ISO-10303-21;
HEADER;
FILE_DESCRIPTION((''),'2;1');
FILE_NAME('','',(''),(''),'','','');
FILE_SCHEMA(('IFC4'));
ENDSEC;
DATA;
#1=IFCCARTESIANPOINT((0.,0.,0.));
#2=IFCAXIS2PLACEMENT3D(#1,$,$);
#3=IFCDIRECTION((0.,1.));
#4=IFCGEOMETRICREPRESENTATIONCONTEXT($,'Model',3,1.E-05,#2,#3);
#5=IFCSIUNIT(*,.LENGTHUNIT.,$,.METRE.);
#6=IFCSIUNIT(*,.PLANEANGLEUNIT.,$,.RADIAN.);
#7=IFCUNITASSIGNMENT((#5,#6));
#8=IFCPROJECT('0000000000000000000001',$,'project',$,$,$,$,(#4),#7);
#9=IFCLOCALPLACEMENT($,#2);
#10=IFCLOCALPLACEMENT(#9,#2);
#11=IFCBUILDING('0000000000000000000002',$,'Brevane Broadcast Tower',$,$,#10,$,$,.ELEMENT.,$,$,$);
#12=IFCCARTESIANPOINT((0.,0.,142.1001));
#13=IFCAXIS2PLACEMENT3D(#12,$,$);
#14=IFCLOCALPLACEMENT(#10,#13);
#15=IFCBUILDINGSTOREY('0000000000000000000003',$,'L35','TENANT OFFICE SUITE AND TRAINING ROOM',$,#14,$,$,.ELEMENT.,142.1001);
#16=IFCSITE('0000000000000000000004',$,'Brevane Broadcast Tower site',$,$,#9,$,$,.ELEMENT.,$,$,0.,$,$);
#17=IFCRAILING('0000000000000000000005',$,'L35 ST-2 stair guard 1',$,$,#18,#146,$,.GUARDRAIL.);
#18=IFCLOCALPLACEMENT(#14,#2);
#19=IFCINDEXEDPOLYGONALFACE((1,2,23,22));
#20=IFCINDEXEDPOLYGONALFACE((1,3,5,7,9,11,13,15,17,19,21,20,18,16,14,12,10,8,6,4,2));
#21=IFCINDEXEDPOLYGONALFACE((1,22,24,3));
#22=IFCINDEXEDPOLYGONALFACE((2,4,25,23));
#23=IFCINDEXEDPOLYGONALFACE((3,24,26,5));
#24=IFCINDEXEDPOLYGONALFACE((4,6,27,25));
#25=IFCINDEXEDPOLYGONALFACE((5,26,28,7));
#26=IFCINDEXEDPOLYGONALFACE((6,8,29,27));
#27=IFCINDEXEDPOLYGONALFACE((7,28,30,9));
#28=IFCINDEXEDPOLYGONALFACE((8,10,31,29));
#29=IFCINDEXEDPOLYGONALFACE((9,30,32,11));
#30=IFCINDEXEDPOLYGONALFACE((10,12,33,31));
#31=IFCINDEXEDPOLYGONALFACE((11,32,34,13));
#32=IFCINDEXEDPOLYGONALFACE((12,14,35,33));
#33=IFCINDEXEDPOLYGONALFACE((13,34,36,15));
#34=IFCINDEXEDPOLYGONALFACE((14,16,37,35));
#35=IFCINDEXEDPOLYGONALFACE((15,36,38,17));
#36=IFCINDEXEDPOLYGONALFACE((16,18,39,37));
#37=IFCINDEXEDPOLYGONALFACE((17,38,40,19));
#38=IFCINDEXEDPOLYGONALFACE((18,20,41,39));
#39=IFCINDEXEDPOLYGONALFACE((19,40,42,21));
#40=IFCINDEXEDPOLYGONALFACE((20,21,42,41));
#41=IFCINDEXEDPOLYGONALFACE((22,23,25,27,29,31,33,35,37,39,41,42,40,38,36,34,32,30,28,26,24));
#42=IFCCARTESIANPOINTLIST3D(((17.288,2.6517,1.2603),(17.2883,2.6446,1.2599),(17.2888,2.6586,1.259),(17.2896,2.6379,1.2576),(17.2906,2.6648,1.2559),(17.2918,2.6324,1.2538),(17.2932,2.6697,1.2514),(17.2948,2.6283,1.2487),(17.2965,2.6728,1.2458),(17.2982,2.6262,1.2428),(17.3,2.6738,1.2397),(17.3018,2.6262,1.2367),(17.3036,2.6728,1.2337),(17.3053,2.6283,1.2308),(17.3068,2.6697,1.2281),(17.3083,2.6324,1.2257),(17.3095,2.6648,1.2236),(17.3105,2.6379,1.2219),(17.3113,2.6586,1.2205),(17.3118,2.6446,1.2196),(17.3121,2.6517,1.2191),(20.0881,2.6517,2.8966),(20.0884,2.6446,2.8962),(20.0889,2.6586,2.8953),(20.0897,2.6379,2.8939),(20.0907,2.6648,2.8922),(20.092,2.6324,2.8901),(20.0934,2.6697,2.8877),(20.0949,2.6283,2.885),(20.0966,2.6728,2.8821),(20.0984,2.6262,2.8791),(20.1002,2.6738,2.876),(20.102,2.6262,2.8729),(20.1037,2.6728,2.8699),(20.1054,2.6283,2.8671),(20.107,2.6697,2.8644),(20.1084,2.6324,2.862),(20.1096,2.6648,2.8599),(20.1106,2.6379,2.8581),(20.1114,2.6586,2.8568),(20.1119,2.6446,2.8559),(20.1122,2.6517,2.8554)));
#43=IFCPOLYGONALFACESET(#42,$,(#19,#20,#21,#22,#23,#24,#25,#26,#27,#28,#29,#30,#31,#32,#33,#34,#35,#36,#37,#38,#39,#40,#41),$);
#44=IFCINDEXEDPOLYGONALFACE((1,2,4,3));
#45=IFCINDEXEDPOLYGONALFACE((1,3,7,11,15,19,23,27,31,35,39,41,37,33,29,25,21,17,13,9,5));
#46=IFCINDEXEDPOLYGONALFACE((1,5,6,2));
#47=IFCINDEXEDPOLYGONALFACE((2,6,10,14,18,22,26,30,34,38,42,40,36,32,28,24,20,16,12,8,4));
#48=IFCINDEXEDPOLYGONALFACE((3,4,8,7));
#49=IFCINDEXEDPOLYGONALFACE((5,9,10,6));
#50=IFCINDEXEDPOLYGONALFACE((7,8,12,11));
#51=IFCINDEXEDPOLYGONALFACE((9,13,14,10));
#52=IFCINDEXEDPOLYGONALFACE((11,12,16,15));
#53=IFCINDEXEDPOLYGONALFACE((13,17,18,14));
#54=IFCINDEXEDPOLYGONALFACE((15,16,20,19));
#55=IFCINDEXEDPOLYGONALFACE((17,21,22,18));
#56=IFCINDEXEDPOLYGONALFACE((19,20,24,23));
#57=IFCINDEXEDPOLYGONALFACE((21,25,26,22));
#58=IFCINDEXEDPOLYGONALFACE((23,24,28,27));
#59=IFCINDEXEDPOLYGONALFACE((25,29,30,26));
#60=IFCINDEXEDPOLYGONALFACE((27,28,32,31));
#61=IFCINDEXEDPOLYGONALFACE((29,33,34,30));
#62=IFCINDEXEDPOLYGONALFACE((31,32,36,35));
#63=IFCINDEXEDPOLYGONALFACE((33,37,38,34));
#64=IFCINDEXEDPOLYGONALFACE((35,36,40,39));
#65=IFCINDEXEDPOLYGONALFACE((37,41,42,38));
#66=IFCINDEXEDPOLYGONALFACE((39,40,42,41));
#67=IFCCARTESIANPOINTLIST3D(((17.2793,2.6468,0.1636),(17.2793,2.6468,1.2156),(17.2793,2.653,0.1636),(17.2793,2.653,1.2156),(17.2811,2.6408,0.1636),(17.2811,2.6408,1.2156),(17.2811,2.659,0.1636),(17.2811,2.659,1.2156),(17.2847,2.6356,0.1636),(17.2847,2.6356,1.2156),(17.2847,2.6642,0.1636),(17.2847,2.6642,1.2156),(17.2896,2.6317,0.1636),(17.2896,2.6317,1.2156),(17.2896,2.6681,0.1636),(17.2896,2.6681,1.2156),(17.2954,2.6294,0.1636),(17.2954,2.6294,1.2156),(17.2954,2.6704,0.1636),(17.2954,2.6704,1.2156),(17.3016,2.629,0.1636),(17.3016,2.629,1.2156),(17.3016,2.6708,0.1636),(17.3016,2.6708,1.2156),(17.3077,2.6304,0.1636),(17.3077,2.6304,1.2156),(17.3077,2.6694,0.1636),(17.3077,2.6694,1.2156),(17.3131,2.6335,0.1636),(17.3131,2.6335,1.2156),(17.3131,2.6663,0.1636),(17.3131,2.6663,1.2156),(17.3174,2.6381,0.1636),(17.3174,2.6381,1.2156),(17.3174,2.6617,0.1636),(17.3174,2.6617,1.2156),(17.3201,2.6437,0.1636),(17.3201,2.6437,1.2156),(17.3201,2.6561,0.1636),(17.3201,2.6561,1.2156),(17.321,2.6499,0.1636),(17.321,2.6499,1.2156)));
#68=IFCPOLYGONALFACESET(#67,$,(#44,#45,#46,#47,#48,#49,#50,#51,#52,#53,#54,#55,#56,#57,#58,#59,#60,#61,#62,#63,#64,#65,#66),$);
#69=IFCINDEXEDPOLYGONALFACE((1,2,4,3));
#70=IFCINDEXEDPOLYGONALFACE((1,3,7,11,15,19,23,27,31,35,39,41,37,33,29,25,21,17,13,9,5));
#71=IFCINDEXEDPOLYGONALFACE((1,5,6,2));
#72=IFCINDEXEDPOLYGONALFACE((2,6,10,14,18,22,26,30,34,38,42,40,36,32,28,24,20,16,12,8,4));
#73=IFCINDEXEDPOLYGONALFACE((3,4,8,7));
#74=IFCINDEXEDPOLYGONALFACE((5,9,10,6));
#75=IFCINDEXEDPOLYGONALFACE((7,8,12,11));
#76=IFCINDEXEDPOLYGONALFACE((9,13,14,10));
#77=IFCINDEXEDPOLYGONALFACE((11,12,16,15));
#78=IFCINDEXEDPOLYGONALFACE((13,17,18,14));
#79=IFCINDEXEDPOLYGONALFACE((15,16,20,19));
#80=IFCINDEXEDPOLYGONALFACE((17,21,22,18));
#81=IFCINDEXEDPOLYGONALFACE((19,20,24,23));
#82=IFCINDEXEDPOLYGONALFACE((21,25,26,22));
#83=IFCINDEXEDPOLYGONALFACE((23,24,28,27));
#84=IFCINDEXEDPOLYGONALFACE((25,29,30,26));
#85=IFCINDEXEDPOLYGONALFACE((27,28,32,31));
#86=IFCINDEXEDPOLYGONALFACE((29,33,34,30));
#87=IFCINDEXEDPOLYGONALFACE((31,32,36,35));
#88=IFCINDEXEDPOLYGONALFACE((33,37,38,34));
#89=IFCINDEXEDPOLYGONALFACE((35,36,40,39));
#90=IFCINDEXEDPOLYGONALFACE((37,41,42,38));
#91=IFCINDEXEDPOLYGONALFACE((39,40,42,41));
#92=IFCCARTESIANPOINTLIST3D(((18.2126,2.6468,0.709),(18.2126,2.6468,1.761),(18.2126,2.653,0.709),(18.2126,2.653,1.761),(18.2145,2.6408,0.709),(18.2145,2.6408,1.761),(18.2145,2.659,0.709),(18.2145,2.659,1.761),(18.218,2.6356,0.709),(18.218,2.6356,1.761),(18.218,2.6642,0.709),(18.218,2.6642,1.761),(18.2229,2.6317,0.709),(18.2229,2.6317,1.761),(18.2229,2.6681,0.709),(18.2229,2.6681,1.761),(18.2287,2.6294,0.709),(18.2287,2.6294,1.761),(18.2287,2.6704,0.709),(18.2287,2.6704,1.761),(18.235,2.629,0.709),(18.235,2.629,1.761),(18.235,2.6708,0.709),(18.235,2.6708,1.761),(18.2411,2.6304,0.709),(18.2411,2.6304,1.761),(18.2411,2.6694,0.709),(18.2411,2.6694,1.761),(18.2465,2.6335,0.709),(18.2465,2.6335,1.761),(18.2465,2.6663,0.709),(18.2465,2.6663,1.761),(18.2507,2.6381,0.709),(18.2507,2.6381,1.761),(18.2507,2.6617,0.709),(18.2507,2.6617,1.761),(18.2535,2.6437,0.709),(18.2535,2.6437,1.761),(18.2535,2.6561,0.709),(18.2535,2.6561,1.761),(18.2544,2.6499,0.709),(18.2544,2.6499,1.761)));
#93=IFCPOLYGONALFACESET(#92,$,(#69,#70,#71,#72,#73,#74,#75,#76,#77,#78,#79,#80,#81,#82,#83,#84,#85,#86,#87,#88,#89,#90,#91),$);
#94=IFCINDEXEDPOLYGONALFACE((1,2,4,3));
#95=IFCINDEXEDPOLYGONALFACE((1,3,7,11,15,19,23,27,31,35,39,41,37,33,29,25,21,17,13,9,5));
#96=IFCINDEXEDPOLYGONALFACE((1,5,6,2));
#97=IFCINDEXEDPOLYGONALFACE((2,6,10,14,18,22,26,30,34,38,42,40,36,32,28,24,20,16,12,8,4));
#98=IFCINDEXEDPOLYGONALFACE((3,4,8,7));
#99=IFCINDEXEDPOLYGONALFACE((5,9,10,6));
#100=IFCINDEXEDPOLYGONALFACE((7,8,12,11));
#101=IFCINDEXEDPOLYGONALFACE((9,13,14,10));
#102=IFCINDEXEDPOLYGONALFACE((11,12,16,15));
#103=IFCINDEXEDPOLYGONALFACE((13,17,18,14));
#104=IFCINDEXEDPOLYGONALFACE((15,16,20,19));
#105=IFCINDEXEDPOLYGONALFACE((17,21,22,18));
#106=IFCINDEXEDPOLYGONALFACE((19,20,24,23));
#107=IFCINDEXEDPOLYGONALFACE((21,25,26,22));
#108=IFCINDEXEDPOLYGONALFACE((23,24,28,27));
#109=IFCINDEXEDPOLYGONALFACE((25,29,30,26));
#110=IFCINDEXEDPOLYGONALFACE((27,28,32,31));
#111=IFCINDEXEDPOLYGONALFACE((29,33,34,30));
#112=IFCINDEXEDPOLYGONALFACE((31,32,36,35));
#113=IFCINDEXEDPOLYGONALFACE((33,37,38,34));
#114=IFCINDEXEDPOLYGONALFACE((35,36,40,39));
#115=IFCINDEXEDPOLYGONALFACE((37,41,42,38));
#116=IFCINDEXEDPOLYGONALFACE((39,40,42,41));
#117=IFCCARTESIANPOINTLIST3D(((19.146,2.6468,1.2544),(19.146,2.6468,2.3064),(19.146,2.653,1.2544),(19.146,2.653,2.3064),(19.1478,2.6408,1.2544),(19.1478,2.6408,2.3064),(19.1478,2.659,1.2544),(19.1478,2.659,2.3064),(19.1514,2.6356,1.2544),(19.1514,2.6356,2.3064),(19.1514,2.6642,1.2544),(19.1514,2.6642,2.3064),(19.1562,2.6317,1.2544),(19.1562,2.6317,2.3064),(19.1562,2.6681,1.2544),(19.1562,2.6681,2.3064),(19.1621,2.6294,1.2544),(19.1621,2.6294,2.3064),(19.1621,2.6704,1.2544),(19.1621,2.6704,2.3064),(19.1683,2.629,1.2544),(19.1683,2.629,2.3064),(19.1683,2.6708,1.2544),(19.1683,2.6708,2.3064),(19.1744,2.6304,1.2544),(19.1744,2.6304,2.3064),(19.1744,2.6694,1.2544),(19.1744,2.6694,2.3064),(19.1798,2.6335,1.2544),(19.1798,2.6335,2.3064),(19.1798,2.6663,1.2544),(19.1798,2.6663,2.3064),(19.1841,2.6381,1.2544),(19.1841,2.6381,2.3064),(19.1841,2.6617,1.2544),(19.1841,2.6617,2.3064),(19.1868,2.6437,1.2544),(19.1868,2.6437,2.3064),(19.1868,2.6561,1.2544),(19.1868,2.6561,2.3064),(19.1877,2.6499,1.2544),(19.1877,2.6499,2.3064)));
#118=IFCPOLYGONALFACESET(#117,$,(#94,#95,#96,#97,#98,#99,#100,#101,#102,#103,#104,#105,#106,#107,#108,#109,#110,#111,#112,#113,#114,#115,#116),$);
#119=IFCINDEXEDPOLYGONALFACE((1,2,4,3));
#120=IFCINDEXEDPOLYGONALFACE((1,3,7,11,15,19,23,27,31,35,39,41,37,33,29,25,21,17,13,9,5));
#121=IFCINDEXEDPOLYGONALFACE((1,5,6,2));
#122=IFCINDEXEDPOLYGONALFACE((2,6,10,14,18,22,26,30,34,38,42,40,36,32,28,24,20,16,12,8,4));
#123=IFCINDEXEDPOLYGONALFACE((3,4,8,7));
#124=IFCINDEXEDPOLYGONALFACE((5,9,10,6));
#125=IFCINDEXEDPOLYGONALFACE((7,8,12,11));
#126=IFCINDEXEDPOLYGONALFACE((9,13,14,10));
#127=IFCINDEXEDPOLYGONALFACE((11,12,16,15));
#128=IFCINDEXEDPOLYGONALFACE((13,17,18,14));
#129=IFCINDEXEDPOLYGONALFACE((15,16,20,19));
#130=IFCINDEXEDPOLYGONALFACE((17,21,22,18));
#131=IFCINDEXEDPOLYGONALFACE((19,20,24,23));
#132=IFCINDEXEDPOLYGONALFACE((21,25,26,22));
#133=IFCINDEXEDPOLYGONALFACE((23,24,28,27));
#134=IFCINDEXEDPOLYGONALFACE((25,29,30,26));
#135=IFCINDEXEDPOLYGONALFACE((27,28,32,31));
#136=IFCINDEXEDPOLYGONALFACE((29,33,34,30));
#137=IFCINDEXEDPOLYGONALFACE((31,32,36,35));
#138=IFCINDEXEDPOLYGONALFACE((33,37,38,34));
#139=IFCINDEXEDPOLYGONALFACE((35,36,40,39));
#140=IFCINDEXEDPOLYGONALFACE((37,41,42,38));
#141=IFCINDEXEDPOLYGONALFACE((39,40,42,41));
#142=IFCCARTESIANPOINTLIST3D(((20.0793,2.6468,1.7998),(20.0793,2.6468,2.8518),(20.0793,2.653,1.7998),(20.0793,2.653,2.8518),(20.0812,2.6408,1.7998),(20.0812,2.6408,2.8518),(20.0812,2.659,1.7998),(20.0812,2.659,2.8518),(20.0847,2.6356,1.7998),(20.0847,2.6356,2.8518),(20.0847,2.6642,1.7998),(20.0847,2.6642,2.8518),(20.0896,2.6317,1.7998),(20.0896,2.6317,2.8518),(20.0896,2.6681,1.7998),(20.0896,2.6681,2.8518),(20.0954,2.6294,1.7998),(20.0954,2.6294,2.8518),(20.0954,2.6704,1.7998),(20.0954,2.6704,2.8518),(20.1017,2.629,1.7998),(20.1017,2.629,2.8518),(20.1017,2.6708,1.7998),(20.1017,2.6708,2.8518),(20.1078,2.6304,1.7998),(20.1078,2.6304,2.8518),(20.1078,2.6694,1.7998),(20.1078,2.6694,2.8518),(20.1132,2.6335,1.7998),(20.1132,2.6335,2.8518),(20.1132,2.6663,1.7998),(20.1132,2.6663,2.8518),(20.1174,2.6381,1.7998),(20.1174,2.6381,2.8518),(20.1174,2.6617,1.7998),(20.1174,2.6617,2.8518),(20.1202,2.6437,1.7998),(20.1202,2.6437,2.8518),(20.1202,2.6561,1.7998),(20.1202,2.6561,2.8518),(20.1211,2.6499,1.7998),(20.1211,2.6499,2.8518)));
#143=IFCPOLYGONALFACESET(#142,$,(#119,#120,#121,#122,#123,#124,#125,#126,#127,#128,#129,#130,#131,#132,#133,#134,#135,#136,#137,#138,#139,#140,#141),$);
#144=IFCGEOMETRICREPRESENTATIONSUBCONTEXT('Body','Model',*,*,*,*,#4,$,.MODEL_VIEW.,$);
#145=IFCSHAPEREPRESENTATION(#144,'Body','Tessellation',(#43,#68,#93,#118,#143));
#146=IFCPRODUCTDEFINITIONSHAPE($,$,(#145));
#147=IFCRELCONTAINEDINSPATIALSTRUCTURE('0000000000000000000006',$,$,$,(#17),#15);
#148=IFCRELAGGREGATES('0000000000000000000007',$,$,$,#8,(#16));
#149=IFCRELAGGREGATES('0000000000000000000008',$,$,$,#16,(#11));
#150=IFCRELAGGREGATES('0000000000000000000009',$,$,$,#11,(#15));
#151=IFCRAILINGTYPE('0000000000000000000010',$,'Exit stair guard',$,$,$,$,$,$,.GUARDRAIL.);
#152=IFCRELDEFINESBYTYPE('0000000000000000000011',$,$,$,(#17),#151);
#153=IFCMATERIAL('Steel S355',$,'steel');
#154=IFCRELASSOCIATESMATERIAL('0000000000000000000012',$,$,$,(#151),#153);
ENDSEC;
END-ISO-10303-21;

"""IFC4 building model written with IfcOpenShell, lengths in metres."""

from ifc_helpers import new_model, si_unit, direction, frame, origin, origin_2d, place, context, subcontext, project, spatial, circle, extrude, material, type_object, element, save


model = new_model("IFC4")

# Units and contexts
model_context = context("Model", 3, precision=1e-05, world=origin(), true_north=direction((0.0, 1.0)))
body_context = subcontext(model_context, "Body", "Model", "MODEL_VIEW")
ifc_project = project(units=[si_unit("LENGTHUNIT", "METRE"), si_unit("PLANEANGLEUNIT", "RADIAN")], contexts=[model_context])

# Site, building, storey
site_placement = place(None, origin())
site = spatial("IfcSite", under=ifc_project, at=site_placement, Name="Brevane Broadcast Tower site", CompositionType="ELEMENT", RefElevation=0.0)
building_placement = place(site_placement, origin())
building = spatial("IfcBuilding", under=site, at=building_placement, Name="Brevane Broadcast Tower", CompositionType="ELEMENT")
storey_placement = place(building_placement, frame((0.0, 0.0, 142.1001)))
storey = spatial("IfcBuildingStorey", under=building, at=storey_placement, Name="L35", Description="TENANT OFFICE SUITE AND TRAINING ROOM", CompositionType="ELEMENT", Elevation=142.1001)

# Railing
ifc_material_1 = material(Name="Steel S355", Category="steel")
railing_type_1 = type_object("IfcRailingType", Name="Exit stair guard", PredefinedType="GUARDRAIL", material=ifc_material_1)
railing_1_placement = place(storey_placement, frame((17.3, 2.6499, 0.1636)))
element("IfcRailing", 1, at=railing_1_placement, inside=storey, type_object=railing_type_1, Name="L35 ST-2 stair guard 1", PredefinedType="GUARDRAIL", context=body_context, shape_type="SweptSolid", body=[
    extrude(circle(Radius=0.0239, at=origin_2d()), frame((0.0, 0.0, 1.0762), z_axis=(0.863394, 0.0, 0.504531), x_axis=(0.0, 1.0, 0.0)), (0.0, 0.0, 1.0), 3.2432),
    extrude(circle(Radius=0.021, at=origin_2d()), origin(), (0.0, 0.0, 1.0), 1.052),
    extrude(circle(Radius=0.021, at=origin_2d()), frame((0.9333, 0.0, 0.5454)), (0.0, 0.0, 1.0), 1.052),
    extrude(circle(Radius=0.021, at=origin_2d()), frame((1.8667, 0.0, 1.0908)), (0.0, 0.0, 1.0), 1.052),
    extrude(circle(Radius=0.021, at=origin_2d()), frame((2.8, 0.0, 1.6362)), (0.0, 0.0, 1.0), 1.052),
])

save(model, "model.ifc")
